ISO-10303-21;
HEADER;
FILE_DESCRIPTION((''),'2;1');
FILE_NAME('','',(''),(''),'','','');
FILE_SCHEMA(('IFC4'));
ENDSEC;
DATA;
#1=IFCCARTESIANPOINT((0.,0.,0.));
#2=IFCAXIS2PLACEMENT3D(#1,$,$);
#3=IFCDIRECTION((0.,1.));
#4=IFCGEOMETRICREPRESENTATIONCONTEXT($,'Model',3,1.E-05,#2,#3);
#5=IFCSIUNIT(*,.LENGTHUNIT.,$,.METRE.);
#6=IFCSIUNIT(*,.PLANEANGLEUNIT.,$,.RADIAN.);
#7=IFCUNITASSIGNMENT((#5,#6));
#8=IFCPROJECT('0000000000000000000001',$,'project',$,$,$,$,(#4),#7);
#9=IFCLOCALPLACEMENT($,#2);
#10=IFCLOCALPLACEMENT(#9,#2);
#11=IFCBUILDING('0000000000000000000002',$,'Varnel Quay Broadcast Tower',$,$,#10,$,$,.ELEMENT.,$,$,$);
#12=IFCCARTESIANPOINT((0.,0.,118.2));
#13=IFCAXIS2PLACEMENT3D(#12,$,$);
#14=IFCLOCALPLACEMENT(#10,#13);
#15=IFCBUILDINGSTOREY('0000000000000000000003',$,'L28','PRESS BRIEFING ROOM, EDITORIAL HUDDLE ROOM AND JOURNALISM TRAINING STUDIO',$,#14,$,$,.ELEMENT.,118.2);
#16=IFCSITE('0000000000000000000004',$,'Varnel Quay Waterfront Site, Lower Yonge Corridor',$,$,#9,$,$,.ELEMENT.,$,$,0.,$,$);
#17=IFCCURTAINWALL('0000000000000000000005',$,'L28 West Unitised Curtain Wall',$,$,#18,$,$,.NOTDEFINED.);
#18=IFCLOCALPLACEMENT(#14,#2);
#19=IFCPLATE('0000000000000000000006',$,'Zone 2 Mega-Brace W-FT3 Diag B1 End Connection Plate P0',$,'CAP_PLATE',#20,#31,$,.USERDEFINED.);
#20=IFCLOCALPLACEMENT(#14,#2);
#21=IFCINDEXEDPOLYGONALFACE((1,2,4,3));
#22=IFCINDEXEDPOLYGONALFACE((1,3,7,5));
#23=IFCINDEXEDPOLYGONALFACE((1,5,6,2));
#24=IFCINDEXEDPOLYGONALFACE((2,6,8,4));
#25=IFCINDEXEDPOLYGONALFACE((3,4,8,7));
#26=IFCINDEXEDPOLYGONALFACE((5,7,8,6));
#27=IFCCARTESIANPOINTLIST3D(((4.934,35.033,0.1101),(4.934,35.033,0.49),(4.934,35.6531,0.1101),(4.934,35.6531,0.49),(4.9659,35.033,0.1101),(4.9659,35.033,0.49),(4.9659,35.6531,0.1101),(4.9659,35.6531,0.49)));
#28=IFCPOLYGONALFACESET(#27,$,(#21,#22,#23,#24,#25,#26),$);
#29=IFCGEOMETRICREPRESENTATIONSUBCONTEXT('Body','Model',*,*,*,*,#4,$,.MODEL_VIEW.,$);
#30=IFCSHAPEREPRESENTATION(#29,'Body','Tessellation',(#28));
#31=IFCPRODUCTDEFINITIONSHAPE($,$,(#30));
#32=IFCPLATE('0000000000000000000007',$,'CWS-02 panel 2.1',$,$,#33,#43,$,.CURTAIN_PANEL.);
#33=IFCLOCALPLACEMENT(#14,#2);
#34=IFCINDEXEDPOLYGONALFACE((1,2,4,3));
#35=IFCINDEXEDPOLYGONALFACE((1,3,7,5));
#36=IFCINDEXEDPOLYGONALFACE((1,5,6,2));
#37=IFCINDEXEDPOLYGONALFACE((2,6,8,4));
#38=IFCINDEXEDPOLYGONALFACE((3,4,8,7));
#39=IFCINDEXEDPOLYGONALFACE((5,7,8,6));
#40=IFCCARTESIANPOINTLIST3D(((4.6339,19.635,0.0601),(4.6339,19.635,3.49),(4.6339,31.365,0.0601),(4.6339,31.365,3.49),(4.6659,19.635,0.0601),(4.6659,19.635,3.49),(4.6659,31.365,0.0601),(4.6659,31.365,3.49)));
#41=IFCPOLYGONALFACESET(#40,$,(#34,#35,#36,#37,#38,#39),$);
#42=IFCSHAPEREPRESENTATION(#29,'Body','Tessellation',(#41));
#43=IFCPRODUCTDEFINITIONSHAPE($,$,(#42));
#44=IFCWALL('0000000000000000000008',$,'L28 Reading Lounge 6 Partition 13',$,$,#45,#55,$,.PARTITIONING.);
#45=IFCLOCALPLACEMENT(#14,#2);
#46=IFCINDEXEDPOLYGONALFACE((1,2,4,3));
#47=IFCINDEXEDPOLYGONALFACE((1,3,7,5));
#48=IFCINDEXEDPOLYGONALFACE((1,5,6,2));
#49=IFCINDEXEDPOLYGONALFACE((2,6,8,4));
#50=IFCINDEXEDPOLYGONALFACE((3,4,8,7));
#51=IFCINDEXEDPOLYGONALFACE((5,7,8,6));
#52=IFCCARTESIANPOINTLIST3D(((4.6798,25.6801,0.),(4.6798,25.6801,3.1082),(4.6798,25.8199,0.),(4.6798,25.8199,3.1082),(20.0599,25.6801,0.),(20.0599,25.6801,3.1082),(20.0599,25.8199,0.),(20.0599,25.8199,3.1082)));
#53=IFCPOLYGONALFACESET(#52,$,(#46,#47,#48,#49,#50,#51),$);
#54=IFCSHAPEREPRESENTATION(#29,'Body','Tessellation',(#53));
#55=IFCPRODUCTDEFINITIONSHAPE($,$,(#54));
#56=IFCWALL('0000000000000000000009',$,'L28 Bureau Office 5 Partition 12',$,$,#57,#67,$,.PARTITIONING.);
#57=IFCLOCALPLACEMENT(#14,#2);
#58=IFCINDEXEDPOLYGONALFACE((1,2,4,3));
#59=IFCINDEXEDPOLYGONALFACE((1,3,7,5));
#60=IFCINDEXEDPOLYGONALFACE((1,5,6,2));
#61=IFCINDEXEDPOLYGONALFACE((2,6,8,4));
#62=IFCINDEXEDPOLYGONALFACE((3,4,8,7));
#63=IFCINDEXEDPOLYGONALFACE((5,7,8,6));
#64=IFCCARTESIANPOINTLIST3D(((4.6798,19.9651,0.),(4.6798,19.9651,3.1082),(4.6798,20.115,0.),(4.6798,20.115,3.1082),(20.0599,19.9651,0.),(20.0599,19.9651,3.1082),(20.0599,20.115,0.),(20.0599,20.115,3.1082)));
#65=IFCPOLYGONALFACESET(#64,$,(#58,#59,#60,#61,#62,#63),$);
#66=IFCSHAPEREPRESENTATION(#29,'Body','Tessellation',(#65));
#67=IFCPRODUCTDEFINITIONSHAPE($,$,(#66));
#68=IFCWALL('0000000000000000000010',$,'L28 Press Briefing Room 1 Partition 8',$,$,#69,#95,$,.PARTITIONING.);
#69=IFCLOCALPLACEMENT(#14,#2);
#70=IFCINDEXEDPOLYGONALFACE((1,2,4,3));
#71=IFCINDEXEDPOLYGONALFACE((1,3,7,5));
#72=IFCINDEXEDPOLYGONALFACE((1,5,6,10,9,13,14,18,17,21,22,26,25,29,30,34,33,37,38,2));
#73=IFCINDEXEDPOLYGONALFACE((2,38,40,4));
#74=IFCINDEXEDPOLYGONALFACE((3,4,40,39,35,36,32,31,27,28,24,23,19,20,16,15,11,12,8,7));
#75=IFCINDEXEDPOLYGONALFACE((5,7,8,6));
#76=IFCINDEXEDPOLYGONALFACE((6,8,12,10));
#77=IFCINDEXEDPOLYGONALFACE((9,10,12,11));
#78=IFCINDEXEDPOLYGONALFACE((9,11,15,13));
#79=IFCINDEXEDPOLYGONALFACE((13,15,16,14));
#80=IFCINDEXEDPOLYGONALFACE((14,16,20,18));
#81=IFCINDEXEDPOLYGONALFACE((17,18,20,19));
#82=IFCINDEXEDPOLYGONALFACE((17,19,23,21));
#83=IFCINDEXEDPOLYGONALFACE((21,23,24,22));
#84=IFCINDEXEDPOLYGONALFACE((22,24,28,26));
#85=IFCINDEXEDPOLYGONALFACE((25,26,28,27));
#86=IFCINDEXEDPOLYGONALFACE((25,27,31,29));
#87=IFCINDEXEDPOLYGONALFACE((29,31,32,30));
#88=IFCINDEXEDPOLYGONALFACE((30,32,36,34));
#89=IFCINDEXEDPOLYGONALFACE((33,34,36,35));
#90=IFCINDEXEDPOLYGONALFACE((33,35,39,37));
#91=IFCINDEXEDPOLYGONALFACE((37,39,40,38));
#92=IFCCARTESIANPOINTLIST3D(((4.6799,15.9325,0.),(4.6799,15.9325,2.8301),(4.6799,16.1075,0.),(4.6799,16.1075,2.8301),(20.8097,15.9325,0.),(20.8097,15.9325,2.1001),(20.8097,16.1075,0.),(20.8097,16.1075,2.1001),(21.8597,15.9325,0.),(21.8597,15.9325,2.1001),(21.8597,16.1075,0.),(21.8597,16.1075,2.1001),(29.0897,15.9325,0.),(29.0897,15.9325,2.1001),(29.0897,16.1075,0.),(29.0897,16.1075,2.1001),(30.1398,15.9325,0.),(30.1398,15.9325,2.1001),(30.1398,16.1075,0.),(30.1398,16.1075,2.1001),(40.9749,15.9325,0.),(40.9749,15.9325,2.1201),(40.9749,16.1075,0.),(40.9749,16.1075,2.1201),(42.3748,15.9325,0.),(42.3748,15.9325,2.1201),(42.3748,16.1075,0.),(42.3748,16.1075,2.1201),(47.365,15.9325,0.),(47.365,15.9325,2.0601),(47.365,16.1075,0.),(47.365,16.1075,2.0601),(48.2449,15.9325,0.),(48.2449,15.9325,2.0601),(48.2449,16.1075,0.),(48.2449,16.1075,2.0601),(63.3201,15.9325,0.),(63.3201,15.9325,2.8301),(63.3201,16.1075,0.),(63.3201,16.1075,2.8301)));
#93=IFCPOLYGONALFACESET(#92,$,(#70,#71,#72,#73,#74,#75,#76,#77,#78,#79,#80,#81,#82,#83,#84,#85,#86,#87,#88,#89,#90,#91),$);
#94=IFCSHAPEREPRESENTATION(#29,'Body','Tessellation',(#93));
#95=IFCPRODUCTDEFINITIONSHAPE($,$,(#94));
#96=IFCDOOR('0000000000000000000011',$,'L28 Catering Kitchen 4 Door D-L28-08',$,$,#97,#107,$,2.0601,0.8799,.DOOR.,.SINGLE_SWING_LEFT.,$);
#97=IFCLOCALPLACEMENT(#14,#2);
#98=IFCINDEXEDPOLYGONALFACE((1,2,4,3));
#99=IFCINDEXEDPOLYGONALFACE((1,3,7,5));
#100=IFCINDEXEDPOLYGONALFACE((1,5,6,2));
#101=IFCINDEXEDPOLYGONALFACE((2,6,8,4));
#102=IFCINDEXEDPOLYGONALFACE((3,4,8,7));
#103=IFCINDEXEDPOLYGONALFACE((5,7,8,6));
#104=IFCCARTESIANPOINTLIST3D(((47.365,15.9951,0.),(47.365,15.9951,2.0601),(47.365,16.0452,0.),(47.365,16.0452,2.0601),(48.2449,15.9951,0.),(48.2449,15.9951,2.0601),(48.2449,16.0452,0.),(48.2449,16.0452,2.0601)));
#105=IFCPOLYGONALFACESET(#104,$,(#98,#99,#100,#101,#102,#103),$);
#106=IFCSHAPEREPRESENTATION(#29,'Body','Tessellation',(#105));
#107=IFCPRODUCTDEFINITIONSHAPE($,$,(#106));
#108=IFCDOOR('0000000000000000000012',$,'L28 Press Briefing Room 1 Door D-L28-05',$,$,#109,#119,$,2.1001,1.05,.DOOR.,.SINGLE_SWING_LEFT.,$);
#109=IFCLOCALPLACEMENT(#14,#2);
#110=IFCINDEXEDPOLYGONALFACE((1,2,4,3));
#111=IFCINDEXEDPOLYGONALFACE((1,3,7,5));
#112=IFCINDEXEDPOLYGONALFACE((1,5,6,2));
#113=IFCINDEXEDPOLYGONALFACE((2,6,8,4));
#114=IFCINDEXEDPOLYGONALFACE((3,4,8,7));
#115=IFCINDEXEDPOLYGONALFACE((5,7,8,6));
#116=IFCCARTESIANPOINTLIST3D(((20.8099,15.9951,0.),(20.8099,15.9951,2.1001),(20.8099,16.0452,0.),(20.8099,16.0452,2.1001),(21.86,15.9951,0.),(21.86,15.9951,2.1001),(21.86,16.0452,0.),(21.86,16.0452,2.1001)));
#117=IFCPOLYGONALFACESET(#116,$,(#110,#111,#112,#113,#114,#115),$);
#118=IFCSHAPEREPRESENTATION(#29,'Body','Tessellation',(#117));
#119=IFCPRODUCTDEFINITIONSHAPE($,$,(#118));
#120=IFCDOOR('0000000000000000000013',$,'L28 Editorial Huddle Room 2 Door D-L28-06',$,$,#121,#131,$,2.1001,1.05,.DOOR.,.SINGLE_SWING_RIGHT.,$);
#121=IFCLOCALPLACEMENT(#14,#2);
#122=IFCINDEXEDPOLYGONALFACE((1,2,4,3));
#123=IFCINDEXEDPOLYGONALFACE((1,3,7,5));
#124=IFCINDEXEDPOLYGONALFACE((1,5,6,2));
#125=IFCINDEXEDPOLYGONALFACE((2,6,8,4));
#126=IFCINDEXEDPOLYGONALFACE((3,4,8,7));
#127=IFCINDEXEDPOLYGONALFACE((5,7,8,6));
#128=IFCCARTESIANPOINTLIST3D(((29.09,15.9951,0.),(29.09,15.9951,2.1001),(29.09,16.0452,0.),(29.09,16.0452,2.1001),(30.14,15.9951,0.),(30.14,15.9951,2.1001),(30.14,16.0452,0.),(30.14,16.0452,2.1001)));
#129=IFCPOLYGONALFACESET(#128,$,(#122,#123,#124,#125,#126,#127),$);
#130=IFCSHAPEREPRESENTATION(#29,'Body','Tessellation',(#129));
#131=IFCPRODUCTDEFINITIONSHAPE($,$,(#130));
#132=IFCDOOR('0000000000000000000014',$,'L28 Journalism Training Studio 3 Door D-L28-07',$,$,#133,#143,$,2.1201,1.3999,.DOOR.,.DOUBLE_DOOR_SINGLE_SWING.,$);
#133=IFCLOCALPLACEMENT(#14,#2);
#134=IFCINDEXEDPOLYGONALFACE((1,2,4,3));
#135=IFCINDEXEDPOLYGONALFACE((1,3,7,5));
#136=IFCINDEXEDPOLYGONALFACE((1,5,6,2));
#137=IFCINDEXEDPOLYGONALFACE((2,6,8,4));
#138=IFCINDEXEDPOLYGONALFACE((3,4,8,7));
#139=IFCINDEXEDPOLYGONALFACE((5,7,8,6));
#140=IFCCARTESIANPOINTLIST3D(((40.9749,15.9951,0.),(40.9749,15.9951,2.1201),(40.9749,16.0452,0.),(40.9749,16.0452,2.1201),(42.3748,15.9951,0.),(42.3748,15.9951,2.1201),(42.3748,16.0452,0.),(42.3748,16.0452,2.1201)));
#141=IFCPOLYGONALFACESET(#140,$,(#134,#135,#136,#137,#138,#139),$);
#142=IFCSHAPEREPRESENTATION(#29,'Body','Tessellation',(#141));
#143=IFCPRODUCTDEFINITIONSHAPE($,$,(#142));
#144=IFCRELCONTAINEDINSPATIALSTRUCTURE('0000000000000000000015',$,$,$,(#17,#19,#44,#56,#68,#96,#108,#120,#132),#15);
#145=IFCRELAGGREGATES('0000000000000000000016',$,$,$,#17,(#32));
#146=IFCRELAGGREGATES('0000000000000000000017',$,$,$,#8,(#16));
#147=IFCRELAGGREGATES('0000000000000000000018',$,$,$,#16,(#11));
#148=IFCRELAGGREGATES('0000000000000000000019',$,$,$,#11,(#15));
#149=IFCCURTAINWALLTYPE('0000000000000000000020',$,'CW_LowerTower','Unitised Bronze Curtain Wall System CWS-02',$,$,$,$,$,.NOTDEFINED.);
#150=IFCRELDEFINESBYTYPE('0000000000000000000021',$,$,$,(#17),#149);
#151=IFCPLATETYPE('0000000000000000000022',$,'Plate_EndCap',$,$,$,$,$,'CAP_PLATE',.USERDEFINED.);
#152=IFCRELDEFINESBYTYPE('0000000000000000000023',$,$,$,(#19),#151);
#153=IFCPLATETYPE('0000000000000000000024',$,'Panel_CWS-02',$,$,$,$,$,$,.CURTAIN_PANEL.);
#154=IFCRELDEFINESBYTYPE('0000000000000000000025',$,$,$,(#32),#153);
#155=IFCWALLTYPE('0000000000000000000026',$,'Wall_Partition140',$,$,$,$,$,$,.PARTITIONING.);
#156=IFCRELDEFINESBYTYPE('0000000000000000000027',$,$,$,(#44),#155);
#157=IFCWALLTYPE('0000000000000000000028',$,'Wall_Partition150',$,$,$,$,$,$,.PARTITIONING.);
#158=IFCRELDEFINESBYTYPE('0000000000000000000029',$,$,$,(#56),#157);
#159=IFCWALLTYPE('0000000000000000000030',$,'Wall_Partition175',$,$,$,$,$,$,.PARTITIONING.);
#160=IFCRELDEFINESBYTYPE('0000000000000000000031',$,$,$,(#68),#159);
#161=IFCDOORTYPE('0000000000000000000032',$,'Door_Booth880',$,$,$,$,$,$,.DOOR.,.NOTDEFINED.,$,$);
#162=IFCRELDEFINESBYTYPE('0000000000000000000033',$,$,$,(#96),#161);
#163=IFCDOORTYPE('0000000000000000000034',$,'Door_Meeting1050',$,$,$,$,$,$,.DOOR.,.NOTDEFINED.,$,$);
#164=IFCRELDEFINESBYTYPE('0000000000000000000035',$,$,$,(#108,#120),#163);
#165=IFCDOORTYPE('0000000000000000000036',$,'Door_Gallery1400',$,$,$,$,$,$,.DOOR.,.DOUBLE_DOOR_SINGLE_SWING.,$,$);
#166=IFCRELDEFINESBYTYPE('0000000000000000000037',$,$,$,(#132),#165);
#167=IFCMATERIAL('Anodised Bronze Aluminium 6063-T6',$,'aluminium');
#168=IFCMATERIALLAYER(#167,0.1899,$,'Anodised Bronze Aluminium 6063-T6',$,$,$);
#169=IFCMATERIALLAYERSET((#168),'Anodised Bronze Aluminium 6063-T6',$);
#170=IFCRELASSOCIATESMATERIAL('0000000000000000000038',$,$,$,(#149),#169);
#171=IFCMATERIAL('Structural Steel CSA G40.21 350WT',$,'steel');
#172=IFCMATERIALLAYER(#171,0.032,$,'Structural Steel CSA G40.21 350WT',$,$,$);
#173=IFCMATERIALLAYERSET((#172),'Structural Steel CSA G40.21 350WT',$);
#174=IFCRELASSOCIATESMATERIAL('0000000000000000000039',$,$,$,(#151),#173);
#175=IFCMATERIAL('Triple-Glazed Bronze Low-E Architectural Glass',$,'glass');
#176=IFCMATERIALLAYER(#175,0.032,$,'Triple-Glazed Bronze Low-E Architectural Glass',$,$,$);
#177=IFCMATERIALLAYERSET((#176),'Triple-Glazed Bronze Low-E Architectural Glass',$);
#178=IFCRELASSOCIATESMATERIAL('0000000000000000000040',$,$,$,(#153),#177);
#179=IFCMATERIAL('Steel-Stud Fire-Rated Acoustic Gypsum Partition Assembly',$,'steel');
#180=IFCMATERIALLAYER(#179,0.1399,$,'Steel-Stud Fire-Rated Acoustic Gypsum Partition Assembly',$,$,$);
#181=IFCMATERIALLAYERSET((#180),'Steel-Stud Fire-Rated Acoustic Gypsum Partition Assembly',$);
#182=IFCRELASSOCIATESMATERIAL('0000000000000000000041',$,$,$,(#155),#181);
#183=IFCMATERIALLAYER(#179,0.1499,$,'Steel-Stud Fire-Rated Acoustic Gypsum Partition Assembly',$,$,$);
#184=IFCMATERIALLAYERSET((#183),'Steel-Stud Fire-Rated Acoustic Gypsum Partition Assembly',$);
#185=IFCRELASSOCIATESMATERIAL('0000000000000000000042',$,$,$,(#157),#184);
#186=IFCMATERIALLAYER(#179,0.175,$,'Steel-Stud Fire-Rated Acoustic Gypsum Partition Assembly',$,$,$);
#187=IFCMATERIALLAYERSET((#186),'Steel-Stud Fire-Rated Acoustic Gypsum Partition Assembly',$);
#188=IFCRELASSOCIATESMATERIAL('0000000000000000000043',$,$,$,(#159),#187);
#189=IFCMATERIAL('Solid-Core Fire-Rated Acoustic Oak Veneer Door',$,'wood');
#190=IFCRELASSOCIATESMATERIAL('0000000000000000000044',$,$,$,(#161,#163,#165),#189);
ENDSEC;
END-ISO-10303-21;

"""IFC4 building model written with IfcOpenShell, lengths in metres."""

from ifc_helpers import new_model, si_unit, direction, frame, frame_2d, origin, origin_2d, place, context, subcontext, project, spatial, rectangle, extrude, source, transform, mapped, material, layer, layer_set, type_object, type_shapes, element, fill, aggregate, save


model = new_model("IFC4")

# Units and contexts
model_context = context("Model", 3, precision=1e-05, world=origin(), true_north=direction((0.0, 1.0)))
body_context = subcontext(model_context, "Body", "Model", "MODEL_VIEW")
ifc_project = project(units=[si_unit("LENGTHUNIT", "METRE"), si_unit("PLANEANGLEUNIT", "RADIAN")], contexts=[model_context])

# Site, building, storey
site_placement = place(None, origin())
site = spatial("IfcSite", under=ifc_project, at=site_placement, Name="Varnel Quay Waterfront Site, Lower Yonge Corridor", CompositionType="ELEMENT", RefElevation=0.0)
building_placement = place(site_placement, origin())
building = spatial("IfcBuilding", under=site, at=building_placement, Name="Varnel Quay Broadcast Tower", CompositionType="ELEMENT")
storey_placement = place(building_placement, frame((0.0, 0.0, 118.2)))
storey = spatial("IfcBuildingStorey", under=building, at=storey_placement, Name="L28", Description="PRESS BRIEFING ROOM, EDITORIAL HUDDLE ROOM AND JOURNALISM TRAINING STUDIO", CompositionType="ELEMENT", Elevation=118.2)

# Shared definitions
ifc_material_1 = material(Name="Structural Steel CSA G40.21 350WT", Category="steel")

# Curtain wall
ifc_material_2 = material(Name="Anodised Bronze Aluminium 6063-T6", Category="aluminium")
ifc_layer_1 = layer(ifc_material_2, 0.1899, Name="Anodised Bronze Aluminium 6063-T6")
ifc_layer_set_1 = layer_set([ifc_layer_1], Name="Anodised Bronze Aluminium 6063-T6")
curtain_wall_type = type_object("IfcCurtainWallType", Name="CW_LowerTower", Description="Unitised Bronze Curtain Wall System CWS-02", PredefinedType="NOTDEFINED", material=ifc_layer_set_1)
curtain_wall_placement = place(storey_placement, origin())
curtain_wall = element("IfcCurtainWall", 1, at=curtain_wall_placement, inside=storey, type_object=curtain_wall_type, Name="L28 West Unitised Curtain Wall", PredefinedType="NOTDEFINED")

# Plates
ifc_layer_2 = layer(ifc_material_1, 0.032, Name="Structural Steel CSA G40.21 350WT")
ifc_layer_set_2 = layer_set([ifc_layer_2], Name="Structural Steel CSA G40.21 350WT")
plate_type_1 = type_object("IfcPlateType", Name="Plate_EndCap", ElementType="CAP_PLATE", PredefinedType="USERDEFINED", material=ifc_layer_set_2)
shared_shape_1 = source(origin(), body_context, "Body", "SweptSolid", [
    extrude(rectangle(XDim=0.6201, YDim=0.032, at=origin_2d()), origin(), (0.0, 0.0, 1.0), 0.3799),
])
type_shapes(plate_type_1, [shared_shape_1])
plate_1_placement = place(storey_placement, frame((4.95, 35.343, 0.1101), z_axis=(0.0, 0.0, 1.0), x_axis=(0.0, 1.0, 0.0)))
element("IfcPlate", 2, at=plate_1_placement, inside=storey, type_object=plate_type_1, Name="Zone 2 Mega-Brace W-FT3 Diag B1 End Connection Plate P0", ObjectType="CAP_PLATE", PredefinedType="USERDEFINED", context=body_context, shape_type="MappedRepresentation", body=[
    mapped(shared_shape_1, transform((0.0, 0.0, 0.0), x_axis=(1.0, 0.0, 0.0), y_axis=(0.0, 1.0, 0.0), z_axis=(0.0, 0.0, 1.0), scale=1.0)),
])
ifc_material_3 = material(Name="Triple-Glazed Bronze Low-E Architectural Glass", Category="glass")
ifc_layer_3 = layer(ifc_material_3, 0.032, Name="Triple-Glazed Bronze Low-E Architectural Glass")
ifc_layer_set_3 = layer_set([ifc_layer_3], Name="Triple-Glazed Bronze Low-E Architectural Glass")
plate_type_2 = type_object("IfcPlateType", Name="Panel_CWS-02", PredefinedType="CURTAIN_PANEL", material=ifc_layer_set_3)
shared_shape_2 = source(origin(), body_context, "Body", "SweptSolid", [
    extrude(rectangle(XDim=11.73, YDim=0.032, at=origin_2d()), origin(), (0.0, 0.0, 1.0), 3.4299),
])
type_shapes(plate_type_2, [shared_shape_2])
plate_2_placement = place(storey_placement, frame((4.6499, 25.5, 0.0601), z_axis=(0.0, 0.0, 1.0), x_axis=(0.0, 1.0, 0.0)))
plate_2 = element("IfcPlate", 3, at=plate_2_placement, type_object=plate_type_2, Name="CWS-02 panel 2.1", PredefinedType="CURTAIN_PANEL", context=body_context, shape_type="MappedRepresentation", body=[
    mapped(shared_shape_2, transform((0.0, 0.0, 0.0), x_axis=(1.0, 0.0, 0.0), y_axis=(0.0, 1.0, 0.0), z_axis=(0.0, 0.0, 1.0), scale=1.0)),
])
aggregate(curtain_wall, [plate_2])

# Walls
ifc_material_4 = material(Name="Steel-Stud Fire-Rated Acoustic Gypsum Partition Assembly", Category="steel")
ifc_layer_4 = layer(ifc_material_4, 0.1399, Name="Steel-Stud Fire-Rated Acoustic Gypsum Partition Assembly")
ifc_layer_set_4 = layer_set([ifc_layer_4], Name="Steel-Stud Fire-Rated Acoustic Gypsum Partition Assembly")
wall_type_1 = type_object("IfcWallType", Name="Wall_Partition140", PredefinedType="PARTITIONING", material=ifc_layer_set_4)
wall_1_placement = place(storey_placement, frame((4.6799, 25.75, 0.0), z_axis=(0.0, 0.0, 1.0), x_axis=(1.0, 0.0, 0.0)))
element("IfcWall", 4, at=wall_1_placement, inside=storey, type_object=wall_type_1, Name="L28 Reading Lounge 6 Partition 13", PredefinedType="PARTITIONING", context=body_context, shape_type="SweptSolid", body=[
    extrude(rectangle(XDim=15.3801, YDim=0.1399, at=frame_2d((7.6899, 0.0))), origin(), (0.0, 0.0, 1.0), 3.1082),
])
ifc_layer_5 = layer(ifc_material_4, 0.1499, Name="Steel-Stud Fire-Rated Acoustic Gypsum Partition Assembly")
ifc_layer_set_5 = layer_set([ifc_layer_5], Name="Steel-Stud Fire-Rated Acoustic Gypsum Partition Assembly")
wall_type_2 = type_object("IfcWallType", Name="Wall_Partition150", PredefinedType="PARTITIONING", material=ifc_layer_set_5)
wall_2_placement = place(storey_placement, frame((4.6799, 20.04, 0.0), z_axis=(0.0, 0.0, 1.0), x_axis=(1.0, 0.0, 0.0)))
element("IfcWall", 5, at=wall_2_placement, inside=storey, type_object=wall_type_2, Name="L28 Bureau Office 5 Partition 12", PredefinedType="PARTITIONING", context=body_context, shape_type="SweptSolid", body=[
    extrude(rectangle(XDim=15.3801, YDim=0.1499, at=frame_2d((7.6899, 0.0))), origin(), (0.0, 0.0, 1.0), 3.1082),
])

# Wall, openings, doors
ifc_layer_6 = layer(ifc_material_4, 0.175, Name="Steel-Stud Fire-Rated Acoustic Gypsum Partition Assembly")
ifc_layer_set_6 = layer_set([ifc_layer_6], Name="Steel-Stud Fire-Rated Acoustic Gypsum Partition Assembly")
wall_type_3 = type_object("IfcWallType", Name="Wall_Partition175", PredefinedType="PARTITIONING", material=ifc_layer_set_6)
wall_3_placement = place(storey_placement, frame((4.6799, 16.02, 0.0), z_axis=(0.0, 0.0, 1.0), x_axis=(1.0, 0.0, 0.0)))
wall_3 = element("IfcWall", 6, at=wall_3_placement, inside=storey, type_object=wall_type_3, Name="L28 Press Briefing Room 1 Partition 8", PredefinedType="PARTITIONING", context=body_context, shape_type="SweptSolid", body=[
    extrude(rectangle(XDim=58.6401, YDim=0.175, at=frame_2d((29.3201, 0.0))), origin(), (0.0, 0.0, 1.0), 2.8301),
])
opening_1_placement = place(wall_3_placement, frame((16.1299, 0.0, 0.0)))
opening_1 = element("IfcOpeningElement", 7, at=opening_1_placement, cuts=wall_3, PredefinedType="OPENING", context=body_context, shape_type="SweptSolid", body=[
    extrude(rectangle(XDim=1.05, YDim=2.1001, at=frame_2d((0.5249, 1.05))), frame((0.0, 0.0977, 0.0), z_axis=(0.0, -1.0, 0.0), x_axis=(1.0, 0.0, 0.0)), (0.0, 0.0, 1.0), 0.1951),
])
opening_2_placement = place(wall_3_placement, frame((24.4099, 0.0, 0.0)))
opening_2 = element("IfcOpeningElement", 8, at=opening_2_placement, cuts=wall_3, PredefinedType="OPENING", context=body_context, shape_type="SweptSolid", body=[
    extrude(rectangle(XDim=1.05, YDim=2.1001, at=frame_2d((0.5249, 1.05))), frame((0.0, 0.0977, 0.0), z_axis=(0.0, -1.0, 0.0), x_axis=(1.0, 0.0, 0.0)), (0.0, 0.0, 1.0), 0.1951),
])
opening_3_placement = place(wall_3_placement, frame((36.2949, 0.0, 0.0)))
opening_3 = element("IfcOpeningElement", 9, at=opening_3_placement, cuts=wall_3, PredefinedType="OPENING", context=body_context, shape_type="SweptSolid", body=[
    extrude(rectangle(XDim=1.3999, YDim=2.1201, at=frame_2d((0.7, 1.0601))), frame((0.0, 0.0977, 0.0), z_axis=(0.0, -1.0, 0.0), x_axis=(1.0, 0.0, 0.0)), (0.0, 0.0, 1.0), 0.1951),
])
opening_4_placement = place(wall_3_placement, frame((42.6851, 0.0, 0.0)))
opening_4 = element("IfcOpeningElement", 10, at=opening_4_placement, cuts=wall_3, PredefinedType="OPENING", context=body_context, shape_type="SweptSolid", body=[
    extrude(rectangle(XDim=0.8799, YDim=2.0601, at=frame_2d((0.4399, 1.03))), frame((0.0, 0.0977, 0.0), z_axis=(0.0, -1.0, 0.0), x_axis=(1.0, 0.0, 0.0)), (0.0, 0.0, 1.0), 0.1951),
])
ifc_material_5 = material(Name="Solid-Core Fire-Rated Acoustic Oak Veneer Door", Category="wood")
door_type_1 = type_object("IfcDoorType", Name="Door_Booth880", OperationType="NOTDEFINED", PredefinedType="DOOR", material=ifc_material_5)
shared_shape_3 = source(origin(), body_context, "Body", "SweptSolid", [
    extrude(rectangle(XDim=0.8799, YDim=2.0601, at=frame_2d((0.4399, 1.03))), frame((0.0, 0.0249, 0.0), z_axis=(0.0, -1.0, 0.0), x_axis=(1.0, 0.0, 0.0)), (0.0, 0.0, 1.0), 0.05),
])
type_shapes(door_type_1, [shared_shape_3])
door_1_placement = place(opening_4_placement, frame((0.8799, 0.0, 0.0), z_axis=(0.0, 0.0, 1.0), x_axis=(-1.0, 0.0, 0.0)))
door_1 = element("IfcDoor", 11, at=door_1_placement, inside=storey, type_object=door_type_1, Name="L28 Catering Kitchen 4 Door D-L28-08", OperationType="SINGLE_SWING_LEFT", OverallHeight=2.0601, OverallWidth=0.8799, PredefinedType="DOOR", context=body_context, shape_type="MappedRepresentation", body=[
    mapped(shared_shape_3, transform((0.0, 0.0, 0.0), x_axis=(1.0, 0.0, 0.0), y_axis=(0.0, 1.0, 0.0), z_axis=(0.0, 0.0, 1.0), scale=1.0)),
])
fill(opening_4, door_1)
door_type_2 = type_object("IfcDoorType", Name="Door_Meeting1050", OperationType="NOTDEFINED", PredefinedType="DOOR", material=ifc_material_5)
shared_shape_4 = source(origin(), body_context, "Body", "SweptSolid", [
    extrude(rectangle(XDim=1.05, YDim=2.1001, at=frame_2d((0.5249, 1.05))), frame((0.0, 0.0249, 0.0), z_axis=(0.0, -1.0, 0.0), x_axis=(1.0, 0.0, 0.0)), (0.0, 0.0, 1.0), 0.05),
])
type_shapes(door_type_2, [shared_shape_4])
door_2_placement = place(opening_1_placement, frame((1.05, 0.0, 0.0), z_axis=(0.0, 0.0, 1.0), x_axis=(-1.0, 0.0, 0.0)))
door_2 = element("IfcDoor", 12, at=door_2_placement, inside=storey, type_object=door_type_2, Name="L28 Press Briefing Room 1 Door D-L28-05", OperationType="SINGLE_SWING_LEFT", OverallHeight=2.1001, OverallWidth=1.05, PredefinedType="DOOR", context=body_context, shape_type="MappedRepresentation", body=[
    mapped(shared_shape_4, transform((0.0, 0.0, 0.0), x_axis=(1.0, 0.0, 0.0), y_axis=(0.0, 1.0, 0.0), z_axis=(0.0, 0.0, 1.0), scale=1.0)),
])
fill(opening_1, door_2)
door_3_placement = place(opening_2_placement, frame((1.05, 0.0, 0.0), z_axis=(0.0, 0.0, 1.0), x_axis=(-1.0, 0.0, 0.0)))
door_3 = element("IfcDoor", 13, at=door_3_placement, inside=storey, type_object=door_type_2, Name="L28 Editorial Huddle Room 2 Door D-L28-06", OperationType="SINGLE_SWING_RIGHT", OverallHeight=2.1001, OverallWidth=1.05, PredefinedType="DOOR", context=body_context, shape_type="MappedRepresentation", body=[
    mapped(shared_shape_4, transform((0.0, 0.0, 0.0), x_axis=(1.0, 0.0, 0.0), y_axis=(0.0, 1.0, 0.0), z_axis=(0.0, 0.0, 1.0), scale=1.0)),
])
fill(opening_2, door_3)
door_type_3 = type_object("IfcDoorType", Name="Door_Gallery1400", OperationType="DOUBLE_DOOR_SINGLE_SWING", PredefinedType="DOOR", material=ifc_material_5)
shared_shape_5 = source(origin(), body_context, "Body", "SweptSolid", [
    extrude(rectangle(XDim=1.3999, YDim=2.1201, at=frame_2d((0.7, 1.0601))), frame((0.0, 0.0249, 0.0), z_axis=(0.0, -1.0, 0.0), x_axis=(1.0, 0.0, 0.0)), (0.0, 0.0, 1.0), 0.05),
])
type_shapes(door_type_3, [shared_shape_5])
door_4_placement = place(opening_3_placement, frame((1.3999, 0.0, 0.0), z_axis=(0.0, 0.0, 1.0), x_axis=(-1.0, 0.0, 0.0)))
door_4 = element("IfcDoor", 14, at=door_4_placement, inside=storey, type_object=door_type_3, Name="L28 Journalism Training Studio 3 Door D-L28-07", OperationType="DOUBLE_DOOR_SINGLE_SWING", OverallHeight=2.1201, OverallWidth=1.3999, PredefinedType="DOOR", context=body_context, shape_type="MappedRepresentation", body=[
    mapped(shared_shape_5, transform((0.0, 0.0, 0.0), x_axis=(1.0, 0.0, 0.0), y_axis=(0.0, 1.0, 0.0), z_axis=(0.0, 0.0, 1.0), scale=1.0)),
])
fill(opening_3, door_4)

save(model, "model.ifc")
